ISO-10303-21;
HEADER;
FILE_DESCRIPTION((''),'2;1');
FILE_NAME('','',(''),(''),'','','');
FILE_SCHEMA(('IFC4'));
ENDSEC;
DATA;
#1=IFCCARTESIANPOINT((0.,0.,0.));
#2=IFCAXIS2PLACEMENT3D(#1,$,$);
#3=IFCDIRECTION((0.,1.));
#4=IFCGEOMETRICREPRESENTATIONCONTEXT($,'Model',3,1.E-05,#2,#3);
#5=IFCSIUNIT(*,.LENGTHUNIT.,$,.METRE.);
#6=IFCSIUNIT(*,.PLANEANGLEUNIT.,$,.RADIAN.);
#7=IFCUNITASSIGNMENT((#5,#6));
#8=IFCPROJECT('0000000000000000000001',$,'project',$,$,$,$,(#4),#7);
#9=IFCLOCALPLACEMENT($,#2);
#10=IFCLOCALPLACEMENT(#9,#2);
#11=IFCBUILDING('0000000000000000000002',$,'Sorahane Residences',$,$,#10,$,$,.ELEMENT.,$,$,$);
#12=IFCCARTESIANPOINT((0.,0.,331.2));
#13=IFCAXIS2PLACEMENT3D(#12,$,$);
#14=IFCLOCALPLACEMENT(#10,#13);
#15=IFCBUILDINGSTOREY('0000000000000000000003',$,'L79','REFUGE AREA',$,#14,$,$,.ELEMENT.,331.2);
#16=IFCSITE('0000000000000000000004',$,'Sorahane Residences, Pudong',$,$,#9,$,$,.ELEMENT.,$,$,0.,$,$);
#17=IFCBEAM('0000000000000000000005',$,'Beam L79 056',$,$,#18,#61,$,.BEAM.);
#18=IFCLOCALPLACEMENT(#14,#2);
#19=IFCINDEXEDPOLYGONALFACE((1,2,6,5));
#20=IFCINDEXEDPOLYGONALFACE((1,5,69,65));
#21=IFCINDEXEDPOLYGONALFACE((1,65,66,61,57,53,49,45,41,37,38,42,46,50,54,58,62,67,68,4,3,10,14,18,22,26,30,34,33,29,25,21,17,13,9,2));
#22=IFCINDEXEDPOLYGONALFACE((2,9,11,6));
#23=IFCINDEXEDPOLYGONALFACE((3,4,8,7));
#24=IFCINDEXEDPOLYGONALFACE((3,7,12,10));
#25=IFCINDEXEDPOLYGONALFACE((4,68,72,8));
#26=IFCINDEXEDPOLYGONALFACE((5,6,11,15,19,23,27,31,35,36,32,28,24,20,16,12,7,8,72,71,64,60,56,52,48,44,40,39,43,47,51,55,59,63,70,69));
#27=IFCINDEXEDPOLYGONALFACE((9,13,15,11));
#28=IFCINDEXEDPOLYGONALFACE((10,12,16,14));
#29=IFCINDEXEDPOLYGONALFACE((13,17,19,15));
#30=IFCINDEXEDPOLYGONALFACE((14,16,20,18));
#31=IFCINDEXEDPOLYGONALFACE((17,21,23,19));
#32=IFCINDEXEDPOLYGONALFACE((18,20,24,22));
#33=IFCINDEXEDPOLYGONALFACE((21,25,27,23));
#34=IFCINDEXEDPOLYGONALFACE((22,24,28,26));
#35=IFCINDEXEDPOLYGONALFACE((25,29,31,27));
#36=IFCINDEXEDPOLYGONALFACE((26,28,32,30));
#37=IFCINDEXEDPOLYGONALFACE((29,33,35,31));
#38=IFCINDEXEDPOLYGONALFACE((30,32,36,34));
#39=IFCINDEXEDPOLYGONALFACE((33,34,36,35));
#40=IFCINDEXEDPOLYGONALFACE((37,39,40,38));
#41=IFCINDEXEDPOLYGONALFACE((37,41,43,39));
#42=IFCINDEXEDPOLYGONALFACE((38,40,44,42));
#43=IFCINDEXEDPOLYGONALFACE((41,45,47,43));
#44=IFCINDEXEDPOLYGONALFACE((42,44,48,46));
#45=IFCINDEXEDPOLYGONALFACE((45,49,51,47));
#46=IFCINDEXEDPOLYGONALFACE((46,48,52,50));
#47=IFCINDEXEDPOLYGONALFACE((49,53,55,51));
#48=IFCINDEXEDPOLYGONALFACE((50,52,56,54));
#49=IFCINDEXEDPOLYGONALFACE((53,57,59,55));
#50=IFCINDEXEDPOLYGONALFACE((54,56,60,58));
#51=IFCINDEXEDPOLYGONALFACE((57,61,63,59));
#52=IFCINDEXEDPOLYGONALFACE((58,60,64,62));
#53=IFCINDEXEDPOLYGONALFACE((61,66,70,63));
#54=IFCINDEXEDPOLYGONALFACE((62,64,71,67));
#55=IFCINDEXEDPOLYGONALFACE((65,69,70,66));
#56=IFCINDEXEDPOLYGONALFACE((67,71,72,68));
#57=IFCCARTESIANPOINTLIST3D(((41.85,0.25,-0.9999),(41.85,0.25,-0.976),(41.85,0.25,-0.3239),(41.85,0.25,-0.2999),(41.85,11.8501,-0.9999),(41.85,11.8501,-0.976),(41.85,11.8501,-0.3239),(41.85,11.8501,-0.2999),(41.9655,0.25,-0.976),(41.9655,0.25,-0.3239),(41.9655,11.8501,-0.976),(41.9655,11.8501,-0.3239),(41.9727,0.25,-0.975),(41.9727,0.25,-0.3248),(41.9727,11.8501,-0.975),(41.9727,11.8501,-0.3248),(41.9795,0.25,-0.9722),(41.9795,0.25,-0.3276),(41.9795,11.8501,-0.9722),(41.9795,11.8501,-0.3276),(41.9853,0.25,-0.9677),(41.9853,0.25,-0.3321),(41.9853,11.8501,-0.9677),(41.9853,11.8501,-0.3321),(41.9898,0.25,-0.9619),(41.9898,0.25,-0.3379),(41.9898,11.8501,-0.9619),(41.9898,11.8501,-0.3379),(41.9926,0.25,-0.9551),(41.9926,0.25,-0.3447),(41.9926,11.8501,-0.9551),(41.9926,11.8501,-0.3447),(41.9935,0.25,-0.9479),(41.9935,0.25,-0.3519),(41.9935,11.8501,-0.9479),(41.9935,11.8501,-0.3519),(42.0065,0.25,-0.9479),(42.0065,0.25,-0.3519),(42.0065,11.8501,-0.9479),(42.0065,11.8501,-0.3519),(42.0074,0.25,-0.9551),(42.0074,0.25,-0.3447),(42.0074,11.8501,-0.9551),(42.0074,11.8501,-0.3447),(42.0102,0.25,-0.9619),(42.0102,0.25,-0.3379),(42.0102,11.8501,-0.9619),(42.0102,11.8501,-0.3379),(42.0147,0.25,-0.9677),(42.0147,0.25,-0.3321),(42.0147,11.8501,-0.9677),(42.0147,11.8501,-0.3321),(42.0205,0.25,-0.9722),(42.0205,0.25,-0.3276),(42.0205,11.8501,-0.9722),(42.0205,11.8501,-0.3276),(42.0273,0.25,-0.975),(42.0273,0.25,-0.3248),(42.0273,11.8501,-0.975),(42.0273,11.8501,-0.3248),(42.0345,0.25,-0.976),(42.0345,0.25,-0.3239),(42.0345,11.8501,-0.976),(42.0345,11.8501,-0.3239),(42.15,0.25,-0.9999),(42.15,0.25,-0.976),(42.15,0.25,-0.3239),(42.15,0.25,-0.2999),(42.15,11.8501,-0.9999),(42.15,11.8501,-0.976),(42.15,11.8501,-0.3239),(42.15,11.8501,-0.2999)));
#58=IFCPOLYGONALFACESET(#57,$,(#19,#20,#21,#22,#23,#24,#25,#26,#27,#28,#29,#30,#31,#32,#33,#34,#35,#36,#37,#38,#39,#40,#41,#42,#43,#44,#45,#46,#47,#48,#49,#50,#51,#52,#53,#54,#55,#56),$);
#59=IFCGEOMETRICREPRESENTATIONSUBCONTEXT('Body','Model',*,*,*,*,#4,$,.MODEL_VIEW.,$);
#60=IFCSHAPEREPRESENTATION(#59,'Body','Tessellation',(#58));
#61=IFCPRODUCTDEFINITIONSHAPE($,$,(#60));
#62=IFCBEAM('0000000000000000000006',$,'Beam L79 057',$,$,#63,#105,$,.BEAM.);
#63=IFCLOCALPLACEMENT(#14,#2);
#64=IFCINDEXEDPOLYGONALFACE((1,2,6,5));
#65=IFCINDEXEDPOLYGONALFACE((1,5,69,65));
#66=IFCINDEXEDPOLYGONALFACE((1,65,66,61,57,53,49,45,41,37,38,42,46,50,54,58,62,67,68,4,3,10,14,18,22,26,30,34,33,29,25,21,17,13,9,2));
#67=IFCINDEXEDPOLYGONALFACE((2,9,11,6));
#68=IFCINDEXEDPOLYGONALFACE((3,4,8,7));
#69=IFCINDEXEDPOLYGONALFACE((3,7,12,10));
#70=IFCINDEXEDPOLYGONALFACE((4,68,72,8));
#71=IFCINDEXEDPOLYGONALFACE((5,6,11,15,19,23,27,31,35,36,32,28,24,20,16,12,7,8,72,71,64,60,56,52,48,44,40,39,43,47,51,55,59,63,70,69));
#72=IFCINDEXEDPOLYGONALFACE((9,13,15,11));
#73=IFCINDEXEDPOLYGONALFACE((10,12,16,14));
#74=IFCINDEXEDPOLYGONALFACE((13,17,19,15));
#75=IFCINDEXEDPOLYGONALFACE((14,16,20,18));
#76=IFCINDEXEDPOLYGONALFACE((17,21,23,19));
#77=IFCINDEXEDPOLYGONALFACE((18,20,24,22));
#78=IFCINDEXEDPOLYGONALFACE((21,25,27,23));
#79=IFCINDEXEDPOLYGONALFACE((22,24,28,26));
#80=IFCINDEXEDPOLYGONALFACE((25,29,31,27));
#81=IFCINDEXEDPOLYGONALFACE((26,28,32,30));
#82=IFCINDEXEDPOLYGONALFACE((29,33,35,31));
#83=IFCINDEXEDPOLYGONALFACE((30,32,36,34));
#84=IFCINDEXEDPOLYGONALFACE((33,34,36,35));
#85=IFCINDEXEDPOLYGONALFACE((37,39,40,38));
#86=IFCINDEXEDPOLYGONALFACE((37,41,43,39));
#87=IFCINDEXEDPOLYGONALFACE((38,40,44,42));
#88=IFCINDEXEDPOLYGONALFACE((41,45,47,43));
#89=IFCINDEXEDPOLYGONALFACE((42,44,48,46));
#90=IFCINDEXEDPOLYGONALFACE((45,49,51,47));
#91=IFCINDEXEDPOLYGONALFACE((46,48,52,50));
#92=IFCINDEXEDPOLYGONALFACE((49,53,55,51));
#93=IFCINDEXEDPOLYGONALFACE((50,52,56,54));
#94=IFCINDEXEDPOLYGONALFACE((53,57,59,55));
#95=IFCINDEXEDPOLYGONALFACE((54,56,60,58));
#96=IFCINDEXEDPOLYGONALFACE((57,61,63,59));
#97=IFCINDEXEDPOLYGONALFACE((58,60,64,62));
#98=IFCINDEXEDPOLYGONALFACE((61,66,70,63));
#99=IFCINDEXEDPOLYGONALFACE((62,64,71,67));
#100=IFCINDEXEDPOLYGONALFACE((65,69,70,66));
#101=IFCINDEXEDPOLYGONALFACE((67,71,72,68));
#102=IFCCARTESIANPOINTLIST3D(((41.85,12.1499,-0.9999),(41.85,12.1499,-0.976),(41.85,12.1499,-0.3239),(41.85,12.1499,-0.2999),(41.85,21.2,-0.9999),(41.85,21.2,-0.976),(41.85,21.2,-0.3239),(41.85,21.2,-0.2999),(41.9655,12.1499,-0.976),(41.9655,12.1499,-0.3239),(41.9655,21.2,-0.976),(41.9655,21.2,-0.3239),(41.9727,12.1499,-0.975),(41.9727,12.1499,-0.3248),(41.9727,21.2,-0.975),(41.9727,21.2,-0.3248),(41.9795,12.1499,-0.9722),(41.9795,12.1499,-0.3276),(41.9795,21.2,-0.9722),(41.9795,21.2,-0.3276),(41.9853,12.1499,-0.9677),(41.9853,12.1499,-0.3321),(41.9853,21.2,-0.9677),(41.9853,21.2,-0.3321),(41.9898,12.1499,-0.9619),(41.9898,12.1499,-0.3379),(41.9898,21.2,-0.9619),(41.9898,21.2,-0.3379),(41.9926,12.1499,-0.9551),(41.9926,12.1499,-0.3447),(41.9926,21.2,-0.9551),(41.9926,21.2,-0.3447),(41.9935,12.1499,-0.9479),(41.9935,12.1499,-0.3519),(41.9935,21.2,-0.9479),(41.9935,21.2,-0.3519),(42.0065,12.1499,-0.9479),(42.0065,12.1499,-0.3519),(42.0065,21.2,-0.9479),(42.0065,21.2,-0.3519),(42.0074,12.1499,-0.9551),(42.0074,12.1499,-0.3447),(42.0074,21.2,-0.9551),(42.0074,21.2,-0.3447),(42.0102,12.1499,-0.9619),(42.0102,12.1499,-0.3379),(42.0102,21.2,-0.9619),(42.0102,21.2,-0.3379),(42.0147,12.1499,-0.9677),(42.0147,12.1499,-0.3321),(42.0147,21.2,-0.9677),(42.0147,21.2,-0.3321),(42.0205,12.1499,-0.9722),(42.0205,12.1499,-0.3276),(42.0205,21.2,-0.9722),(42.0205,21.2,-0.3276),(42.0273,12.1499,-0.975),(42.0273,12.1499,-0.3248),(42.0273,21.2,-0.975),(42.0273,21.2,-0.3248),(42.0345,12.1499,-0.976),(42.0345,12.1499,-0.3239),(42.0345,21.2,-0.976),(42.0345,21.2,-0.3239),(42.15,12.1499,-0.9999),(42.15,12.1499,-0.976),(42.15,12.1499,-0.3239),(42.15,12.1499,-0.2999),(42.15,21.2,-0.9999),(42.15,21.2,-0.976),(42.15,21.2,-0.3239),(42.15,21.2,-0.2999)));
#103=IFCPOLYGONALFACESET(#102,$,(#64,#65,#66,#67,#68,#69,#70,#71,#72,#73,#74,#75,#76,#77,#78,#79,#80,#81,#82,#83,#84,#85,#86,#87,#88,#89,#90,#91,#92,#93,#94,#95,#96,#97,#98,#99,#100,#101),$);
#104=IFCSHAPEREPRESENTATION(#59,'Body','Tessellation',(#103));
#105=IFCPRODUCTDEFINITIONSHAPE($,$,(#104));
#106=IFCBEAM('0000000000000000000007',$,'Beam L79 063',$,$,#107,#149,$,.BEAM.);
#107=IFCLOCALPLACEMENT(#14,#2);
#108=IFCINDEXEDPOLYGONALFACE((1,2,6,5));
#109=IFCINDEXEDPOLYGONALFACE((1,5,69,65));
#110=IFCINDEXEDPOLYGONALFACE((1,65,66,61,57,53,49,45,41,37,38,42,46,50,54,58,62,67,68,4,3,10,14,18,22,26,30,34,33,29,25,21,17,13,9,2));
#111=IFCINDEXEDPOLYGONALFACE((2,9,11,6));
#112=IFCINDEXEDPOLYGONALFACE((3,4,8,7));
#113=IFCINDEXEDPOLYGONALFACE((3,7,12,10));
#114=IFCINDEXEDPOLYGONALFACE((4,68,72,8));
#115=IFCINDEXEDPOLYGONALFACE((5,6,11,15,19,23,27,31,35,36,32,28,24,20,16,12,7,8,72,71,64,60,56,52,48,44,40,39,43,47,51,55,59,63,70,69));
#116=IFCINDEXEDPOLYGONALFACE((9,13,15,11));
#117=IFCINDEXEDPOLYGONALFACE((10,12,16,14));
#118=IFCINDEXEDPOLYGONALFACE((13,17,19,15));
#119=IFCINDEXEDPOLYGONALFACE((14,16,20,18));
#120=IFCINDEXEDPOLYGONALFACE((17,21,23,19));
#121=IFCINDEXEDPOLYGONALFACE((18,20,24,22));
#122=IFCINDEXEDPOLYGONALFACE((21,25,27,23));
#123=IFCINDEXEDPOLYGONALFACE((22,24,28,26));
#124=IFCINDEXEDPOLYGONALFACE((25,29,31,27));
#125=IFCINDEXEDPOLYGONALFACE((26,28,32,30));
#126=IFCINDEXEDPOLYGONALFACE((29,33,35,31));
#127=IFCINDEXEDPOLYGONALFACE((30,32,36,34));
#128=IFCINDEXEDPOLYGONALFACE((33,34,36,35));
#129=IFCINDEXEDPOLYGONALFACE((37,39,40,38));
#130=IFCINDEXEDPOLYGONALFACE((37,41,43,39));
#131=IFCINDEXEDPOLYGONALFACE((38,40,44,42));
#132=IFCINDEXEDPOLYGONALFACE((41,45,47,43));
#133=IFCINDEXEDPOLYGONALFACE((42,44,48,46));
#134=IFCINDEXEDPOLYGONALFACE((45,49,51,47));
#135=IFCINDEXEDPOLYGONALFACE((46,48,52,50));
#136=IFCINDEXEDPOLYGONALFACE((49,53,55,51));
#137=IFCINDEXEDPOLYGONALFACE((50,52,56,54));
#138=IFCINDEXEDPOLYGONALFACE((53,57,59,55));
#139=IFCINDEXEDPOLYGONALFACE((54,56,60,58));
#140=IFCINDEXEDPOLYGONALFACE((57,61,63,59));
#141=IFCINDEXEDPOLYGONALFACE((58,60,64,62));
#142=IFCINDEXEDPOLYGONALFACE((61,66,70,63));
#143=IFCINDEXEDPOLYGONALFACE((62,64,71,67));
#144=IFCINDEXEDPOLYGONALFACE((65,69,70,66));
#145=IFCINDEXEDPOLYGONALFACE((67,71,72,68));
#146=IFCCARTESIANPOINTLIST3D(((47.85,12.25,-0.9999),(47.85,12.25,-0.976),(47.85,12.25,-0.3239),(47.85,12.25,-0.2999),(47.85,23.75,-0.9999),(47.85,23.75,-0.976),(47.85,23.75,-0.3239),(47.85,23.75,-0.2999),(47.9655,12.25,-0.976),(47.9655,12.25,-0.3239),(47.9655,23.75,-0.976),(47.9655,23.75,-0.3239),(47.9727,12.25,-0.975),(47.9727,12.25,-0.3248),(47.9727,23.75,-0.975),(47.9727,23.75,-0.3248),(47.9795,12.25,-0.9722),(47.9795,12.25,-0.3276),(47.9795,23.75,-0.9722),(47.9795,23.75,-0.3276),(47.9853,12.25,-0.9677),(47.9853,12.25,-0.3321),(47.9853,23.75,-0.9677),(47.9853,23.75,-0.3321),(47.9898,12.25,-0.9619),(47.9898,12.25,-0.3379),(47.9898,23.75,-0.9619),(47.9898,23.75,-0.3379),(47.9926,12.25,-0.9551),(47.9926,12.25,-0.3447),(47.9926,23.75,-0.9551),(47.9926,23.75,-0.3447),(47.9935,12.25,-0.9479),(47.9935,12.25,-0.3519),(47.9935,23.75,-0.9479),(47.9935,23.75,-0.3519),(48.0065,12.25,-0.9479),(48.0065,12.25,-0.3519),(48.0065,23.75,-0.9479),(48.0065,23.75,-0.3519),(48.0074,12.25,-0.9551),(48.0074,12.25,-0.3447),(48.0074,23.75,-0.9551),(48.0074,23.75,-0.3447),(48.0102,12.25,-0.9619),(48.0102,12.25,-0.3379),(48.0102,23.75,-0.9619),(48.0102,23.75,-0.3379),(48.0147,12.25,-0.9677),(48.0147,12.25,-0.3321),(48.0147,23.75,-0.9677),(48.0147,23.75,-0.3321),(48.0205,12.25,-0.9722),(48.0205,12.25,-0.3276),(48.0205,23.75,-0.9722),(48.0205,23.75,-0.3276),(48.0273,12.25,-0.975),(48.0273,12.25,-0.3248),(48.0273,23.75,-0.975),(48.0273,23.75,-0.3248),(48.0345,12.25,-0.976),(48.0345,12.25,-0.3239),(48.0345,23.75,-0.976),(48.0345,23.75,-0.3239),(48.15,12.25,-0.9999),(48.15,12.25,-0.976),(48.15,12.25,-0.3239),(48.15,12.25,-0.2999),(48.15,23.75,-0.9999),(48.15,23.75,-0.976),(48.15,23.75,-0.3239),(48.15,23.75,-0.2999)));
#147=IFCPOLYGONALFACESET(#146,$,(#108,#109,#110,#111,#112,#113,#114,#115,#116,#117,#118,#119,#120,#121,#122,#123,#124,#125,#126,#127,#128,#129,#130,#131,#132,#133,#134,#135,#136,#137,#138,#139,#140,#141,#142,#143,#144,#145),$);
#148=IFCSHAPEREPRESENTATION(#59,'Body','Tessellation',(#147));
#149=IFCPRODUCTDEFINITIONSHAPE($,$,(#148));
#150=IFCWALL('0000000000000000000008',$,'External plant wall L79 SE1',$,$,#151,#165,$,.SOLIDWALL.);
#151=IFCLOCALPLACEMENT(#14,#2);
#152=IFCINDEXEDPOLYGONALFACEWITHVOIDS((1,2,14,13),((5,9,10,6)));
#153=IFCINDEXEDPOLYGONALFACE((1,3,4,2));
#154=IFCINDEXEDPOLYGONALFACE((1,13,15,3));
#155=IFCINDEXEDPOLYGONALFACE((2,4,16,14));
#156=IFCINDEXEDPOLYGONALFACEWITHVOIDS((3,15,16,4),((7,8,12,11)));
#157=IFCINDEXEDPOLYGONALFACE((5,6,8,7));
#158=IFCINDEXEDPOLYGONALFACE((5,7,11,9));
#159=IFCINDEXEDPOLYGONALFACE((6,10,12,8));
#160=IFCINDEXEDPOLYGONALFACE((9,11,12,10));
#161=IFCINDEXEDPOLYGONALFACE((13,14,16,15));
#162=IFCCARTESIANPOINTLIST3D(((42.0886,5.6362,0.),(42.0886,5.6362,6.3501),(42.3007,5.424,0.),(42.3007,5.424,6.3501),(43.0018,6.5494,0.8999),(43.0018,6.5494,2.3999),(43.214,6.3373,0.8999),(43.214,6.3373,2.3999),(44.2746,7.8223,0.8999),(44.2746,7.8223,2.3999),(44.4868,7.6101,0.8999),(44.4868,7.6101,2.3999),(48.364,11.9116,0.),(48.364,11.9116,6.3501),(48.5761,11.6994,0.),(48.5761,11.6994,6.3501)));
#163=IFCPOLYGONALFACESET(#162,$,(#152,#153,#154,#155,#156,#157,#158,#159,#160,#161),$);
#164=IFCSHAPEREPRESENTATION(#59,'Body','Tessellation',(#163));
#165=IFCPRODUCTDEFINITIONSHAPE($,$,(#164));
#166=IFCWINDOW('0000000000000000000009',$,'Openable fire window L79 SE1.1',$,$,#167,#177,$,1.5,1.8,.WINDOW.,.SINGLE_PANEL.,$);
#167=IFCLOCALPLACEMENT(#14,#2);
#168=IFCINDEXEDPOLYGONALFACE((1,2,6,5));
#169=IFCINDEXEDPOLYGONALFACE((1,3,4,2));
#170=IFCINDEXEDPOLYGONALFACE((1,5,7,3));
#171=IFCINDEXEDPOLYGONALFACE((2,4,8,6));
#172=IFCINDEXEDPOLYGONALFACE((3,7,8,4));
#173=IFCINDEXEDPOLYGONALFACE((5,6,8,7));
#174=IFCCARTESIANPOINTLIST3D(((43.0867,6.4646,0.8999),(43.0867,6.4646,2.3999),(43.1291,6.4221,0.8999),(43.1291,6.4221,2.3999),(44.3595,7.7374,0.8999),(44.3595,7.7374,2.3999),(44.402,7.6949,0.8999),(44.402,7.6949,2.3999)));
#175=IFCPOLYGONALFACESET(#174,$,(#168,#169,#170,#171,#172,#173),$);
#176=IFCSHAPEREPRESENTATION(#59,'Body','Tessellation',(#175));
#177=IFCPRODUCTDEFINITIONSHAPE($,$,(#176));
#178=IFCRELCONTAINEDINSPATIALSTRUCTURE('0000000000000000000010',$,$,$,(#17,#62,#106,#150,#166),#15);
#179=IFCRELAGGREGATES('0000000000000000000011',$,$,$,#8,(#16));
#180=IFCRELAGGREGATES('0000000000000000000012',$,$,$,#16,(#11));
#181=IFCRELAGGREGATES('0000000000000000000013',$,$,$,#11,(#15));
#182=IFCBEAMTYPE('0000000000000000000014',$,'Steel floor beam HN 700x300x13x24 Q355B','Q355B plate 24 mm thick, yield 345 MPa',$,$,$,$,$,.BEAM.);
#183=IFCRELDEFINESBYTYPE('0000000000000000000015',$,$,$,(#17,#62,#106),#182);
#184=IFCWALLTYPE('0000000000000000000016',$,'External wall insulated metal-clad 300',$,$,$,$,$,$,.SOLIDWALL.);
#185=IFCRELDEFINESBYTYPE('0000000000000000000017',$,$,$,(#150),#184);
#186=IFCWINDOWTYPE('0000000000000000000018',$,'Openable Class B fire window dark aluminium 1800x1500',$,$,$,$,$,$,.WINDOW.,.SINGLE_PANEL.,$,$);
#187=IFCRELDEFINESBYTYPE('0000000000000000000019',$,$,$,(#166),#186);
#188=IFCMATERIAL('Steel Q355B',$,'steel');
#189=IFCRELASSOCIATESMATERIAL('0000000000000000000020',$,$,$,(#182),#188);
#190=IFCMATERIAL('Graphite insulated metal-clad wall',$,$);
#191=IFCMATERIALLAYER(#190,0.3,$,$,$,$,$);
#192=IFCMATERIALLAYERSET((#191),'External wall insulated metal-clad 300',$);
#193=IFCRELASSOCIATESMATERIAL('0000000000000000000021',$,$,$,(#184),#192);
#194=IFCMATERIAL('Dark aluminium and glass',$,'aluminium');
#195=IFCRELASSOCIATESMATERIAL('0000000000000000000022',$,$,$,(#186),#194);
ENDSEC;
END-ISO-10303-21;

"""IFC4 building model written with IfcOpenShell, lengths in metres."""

from ifc_helpers import new_model, si_unit, direction, frame, frame_2d, origin, origin_2d, place, context, subcontext, project, spatial, rectangle, i_section, extrude, material, layer, layer_set, material_profile, profile_set, type_object, element, fill, save


model = new_model("IFC4")

# Units and contexts
model_context = context("Model", 3, precision=1e-05, world=origin(), true_north=direction((0.0, 1.0)))
body_context = subcontext(model_context, "Body", "Model", "MODEL_VIEW")
ifc_project = project(units=[si_unit("LENGTHUNIT", "METRE"), si_unit("PLANEANGLEUNIT", "RADIAN")], contexts=[model_context])

# Site, building, storey
site_placement = place(None, origin())
site = spatial("IfcSite", under=ifc_project, at=site_placement, Name="Sorahane Residences, Pudong", CompositionType="ELEMENT", RefElevation=0.0)
building_placement = place(site_placement, origin())
building = spatial("IfcBuilding", under=site, at=building_placement, Name="Sorahane Residences", CompositionType="ELEMENT")
storey_placement = place(building_placement, frame((0.0, 0.0, 331.2)))
storey = spatial("IfcBuildingStorey", under=building, at=storey_placement, Name="L79", Description="REFUGE AREA", CompositionType="ELEMENT", Elevation=331.2)

# Beams
ifc_material_1 = material(Name="Steel Q355B", Category="steel")
ifc_material_profile_1 = material_profile(ifc_material_1, i_section(OverallWidth=0.3, OverallDepth=0.7, WebThickness=0.0129, FlangeThickness=0.0239, FilletRadius=0.0281, at=origin_2d()), Name="HN 700x300x13x24")
ifc_profile_set_1 = profile_set([ifc_material_profile_1], Name="Steel Q355B")
beam_type_1 = type_object("IfcBeamType", Name="Steel floor beam HN 700x300x13x24 Q355B", Description="Q355B plate 24 mm thick, yield 345 MPa", PredefinedType="BEAM", material=ifc_profile_set_1)
beam_1_placement = place(storey_placement, frame((42.0, 0.25, -0.6499), z_axis=(0.0, 1.0, 0.0), x_axis=(-1.0, 0.0, 0.0)))
element("IfcBeam", 1, at=beam_1_placement, inside=storey, type_object=beam_type_1, Name="Beam L79 056", PredefinedType="BEAM", context=body_context, shape_type="SweptSolid", body=[
    extrude(i_section(OverallWidth=0.3, OverallDepth=0.7, WebThickness=0.0129, FlangeThickness=0.0239, FilletRadius=0.0281, at=origin_2d()), origin(), (0.0, 0.0, 1.0), 11.6001),
])
beam_2_placement = place(storey_placement, frame((42.0, 12.1499, -0.6499), z_axis=(0.0, 1.0, 0.0), x_axis=(-1.0, 0.0, 0.0)))
element("IfcBeam", 2, at=beam_2_placement, inside=storey, type_object=beam_type_1, Name="Beam L79 057", PredefinedType="BEAM", context=body_context, shape_type="SweptSolid", body=[
    extrude(i_section(OverallWidth=0.3, OverallDepth=0.7, WebThickness=0.0129, FlangeThickness=0.0239, FilletRadius=0.0281, at=origin_2d()), origin(), (0.0, 0.0, 1.0), 9.05),
])
beam_3_placement = place(storey_placement, frame((48.0, 12.25, -0.6499), z_axis=(0.0, 1.0, 0.0), x_axis=(-1.0, 0.0, 0.0)))
element("IfcBeam", 3, at=beam_3_placement, inside=storey, type_object=beam_type_1, Name="Beam L79 063", PredefinedType="BEAM", context=body_context, shape_type="SweptSolid", body=[
    extrude(i_section(OverallWidth=0.3, OverallDepth=0.7, WebThickness=0.0129, FlangeThickness=0.0239, FilletRadius=0.0281, at=origin_2d()), origin(), (0.0, 0.0, 1.0), 11.5),
])

# Wall, opening, window
ifc_material_2 = material(Name="Graphite insulated metal-clad wall")
ifc_layer_1 = layer(ifc_material_2, 0.3)
ifc_layer_set_1 = layer_set([ifc_layer_1], Name="External wall insulated metal-clad 300")
wall_type_1 = type_object("IfcWallType", Name="External wall insulated metal-clad 300", PredefinedType="SOLIDWALL", material=ifc_layer_set_1)
wall_1_placement = place(storey_placement, frame((42.1946, 5.53, 0.0), z_axis=(0.0, 0.0, 1.0), x_axis=(0.707107, 0.707107, 0.0)))
wall_1 = element("IfcWall", 4, at=wall_1_placement, inside=storey, type_object=wall_type_1, Name="External plant wall L79 SE1", PredefinedType="SOLIDWALL", context=body_context, shape_type="SweptSolid", body=[
    extrude(rectangle(XDim=8.8748, YDim=0.3, at=frame_2d((4.4375, 0.0))), origin(), (0.0, 0.0, 1.0), 6.3501),
])
opening_1_placement = place(wall_1_placement, frame((1.2917, 0.0, 0.8999)))
opening_1 = element("IfcOpeningElement", 5, at=opening_1_placement, cuts=wall_1, PredefinedType="OPENING", context=body_context, shape_type="SweptSolid", body=[
    extrude(rectangle(XDim=1.8, YDim=1.5, at=frame_2d((0.8999, 0.75))), frame((0.0, 0.1599, 0.0), z_axis=(0.0, -1.0, 0.0), x_axis=(1.0, 0.0, 0.0)), (0.0, 0.0, 1.0), 0.3201),
])
ifc_material_3 = material(Name="Dark aluminium and glass", Category="aluminium")
window_type = type_object("IfcWindowType", Name="Openable Class B fire window dark aluminium 1800x1500", PartitioningType="SINGLE_PANEL", PredefinedType="WINDOW", material=ifc_material_3)
window_1_placement = place(opening_1_placement, origin())
window_1 = element("IfcWindow", 6, at=window_1_placement, inside=storey, type_object=window_type, Name="Openable fire window L79 SE1.1", OverallHeight=1.5, OverallWidth=1.8, PartitioningType="SINGLE_PANEL", PredefinedType="WINDOW", context=body_context, shape_type="SweptSolid", body=[
    extrude(rectangle(XDim=1.8, YDim=1.5, at=frame_2d((0.8999, 0.75))), frame((0.0, 0.03, 0.0), z_axis=(0.0, -1.0, 0.0), x_axis=(1.0, 0.0, 0.0)), (0.0, 0.0, 1.0), 0.0601),
])
fill(opening_1, window_1)

save(model, "model.ifc")
